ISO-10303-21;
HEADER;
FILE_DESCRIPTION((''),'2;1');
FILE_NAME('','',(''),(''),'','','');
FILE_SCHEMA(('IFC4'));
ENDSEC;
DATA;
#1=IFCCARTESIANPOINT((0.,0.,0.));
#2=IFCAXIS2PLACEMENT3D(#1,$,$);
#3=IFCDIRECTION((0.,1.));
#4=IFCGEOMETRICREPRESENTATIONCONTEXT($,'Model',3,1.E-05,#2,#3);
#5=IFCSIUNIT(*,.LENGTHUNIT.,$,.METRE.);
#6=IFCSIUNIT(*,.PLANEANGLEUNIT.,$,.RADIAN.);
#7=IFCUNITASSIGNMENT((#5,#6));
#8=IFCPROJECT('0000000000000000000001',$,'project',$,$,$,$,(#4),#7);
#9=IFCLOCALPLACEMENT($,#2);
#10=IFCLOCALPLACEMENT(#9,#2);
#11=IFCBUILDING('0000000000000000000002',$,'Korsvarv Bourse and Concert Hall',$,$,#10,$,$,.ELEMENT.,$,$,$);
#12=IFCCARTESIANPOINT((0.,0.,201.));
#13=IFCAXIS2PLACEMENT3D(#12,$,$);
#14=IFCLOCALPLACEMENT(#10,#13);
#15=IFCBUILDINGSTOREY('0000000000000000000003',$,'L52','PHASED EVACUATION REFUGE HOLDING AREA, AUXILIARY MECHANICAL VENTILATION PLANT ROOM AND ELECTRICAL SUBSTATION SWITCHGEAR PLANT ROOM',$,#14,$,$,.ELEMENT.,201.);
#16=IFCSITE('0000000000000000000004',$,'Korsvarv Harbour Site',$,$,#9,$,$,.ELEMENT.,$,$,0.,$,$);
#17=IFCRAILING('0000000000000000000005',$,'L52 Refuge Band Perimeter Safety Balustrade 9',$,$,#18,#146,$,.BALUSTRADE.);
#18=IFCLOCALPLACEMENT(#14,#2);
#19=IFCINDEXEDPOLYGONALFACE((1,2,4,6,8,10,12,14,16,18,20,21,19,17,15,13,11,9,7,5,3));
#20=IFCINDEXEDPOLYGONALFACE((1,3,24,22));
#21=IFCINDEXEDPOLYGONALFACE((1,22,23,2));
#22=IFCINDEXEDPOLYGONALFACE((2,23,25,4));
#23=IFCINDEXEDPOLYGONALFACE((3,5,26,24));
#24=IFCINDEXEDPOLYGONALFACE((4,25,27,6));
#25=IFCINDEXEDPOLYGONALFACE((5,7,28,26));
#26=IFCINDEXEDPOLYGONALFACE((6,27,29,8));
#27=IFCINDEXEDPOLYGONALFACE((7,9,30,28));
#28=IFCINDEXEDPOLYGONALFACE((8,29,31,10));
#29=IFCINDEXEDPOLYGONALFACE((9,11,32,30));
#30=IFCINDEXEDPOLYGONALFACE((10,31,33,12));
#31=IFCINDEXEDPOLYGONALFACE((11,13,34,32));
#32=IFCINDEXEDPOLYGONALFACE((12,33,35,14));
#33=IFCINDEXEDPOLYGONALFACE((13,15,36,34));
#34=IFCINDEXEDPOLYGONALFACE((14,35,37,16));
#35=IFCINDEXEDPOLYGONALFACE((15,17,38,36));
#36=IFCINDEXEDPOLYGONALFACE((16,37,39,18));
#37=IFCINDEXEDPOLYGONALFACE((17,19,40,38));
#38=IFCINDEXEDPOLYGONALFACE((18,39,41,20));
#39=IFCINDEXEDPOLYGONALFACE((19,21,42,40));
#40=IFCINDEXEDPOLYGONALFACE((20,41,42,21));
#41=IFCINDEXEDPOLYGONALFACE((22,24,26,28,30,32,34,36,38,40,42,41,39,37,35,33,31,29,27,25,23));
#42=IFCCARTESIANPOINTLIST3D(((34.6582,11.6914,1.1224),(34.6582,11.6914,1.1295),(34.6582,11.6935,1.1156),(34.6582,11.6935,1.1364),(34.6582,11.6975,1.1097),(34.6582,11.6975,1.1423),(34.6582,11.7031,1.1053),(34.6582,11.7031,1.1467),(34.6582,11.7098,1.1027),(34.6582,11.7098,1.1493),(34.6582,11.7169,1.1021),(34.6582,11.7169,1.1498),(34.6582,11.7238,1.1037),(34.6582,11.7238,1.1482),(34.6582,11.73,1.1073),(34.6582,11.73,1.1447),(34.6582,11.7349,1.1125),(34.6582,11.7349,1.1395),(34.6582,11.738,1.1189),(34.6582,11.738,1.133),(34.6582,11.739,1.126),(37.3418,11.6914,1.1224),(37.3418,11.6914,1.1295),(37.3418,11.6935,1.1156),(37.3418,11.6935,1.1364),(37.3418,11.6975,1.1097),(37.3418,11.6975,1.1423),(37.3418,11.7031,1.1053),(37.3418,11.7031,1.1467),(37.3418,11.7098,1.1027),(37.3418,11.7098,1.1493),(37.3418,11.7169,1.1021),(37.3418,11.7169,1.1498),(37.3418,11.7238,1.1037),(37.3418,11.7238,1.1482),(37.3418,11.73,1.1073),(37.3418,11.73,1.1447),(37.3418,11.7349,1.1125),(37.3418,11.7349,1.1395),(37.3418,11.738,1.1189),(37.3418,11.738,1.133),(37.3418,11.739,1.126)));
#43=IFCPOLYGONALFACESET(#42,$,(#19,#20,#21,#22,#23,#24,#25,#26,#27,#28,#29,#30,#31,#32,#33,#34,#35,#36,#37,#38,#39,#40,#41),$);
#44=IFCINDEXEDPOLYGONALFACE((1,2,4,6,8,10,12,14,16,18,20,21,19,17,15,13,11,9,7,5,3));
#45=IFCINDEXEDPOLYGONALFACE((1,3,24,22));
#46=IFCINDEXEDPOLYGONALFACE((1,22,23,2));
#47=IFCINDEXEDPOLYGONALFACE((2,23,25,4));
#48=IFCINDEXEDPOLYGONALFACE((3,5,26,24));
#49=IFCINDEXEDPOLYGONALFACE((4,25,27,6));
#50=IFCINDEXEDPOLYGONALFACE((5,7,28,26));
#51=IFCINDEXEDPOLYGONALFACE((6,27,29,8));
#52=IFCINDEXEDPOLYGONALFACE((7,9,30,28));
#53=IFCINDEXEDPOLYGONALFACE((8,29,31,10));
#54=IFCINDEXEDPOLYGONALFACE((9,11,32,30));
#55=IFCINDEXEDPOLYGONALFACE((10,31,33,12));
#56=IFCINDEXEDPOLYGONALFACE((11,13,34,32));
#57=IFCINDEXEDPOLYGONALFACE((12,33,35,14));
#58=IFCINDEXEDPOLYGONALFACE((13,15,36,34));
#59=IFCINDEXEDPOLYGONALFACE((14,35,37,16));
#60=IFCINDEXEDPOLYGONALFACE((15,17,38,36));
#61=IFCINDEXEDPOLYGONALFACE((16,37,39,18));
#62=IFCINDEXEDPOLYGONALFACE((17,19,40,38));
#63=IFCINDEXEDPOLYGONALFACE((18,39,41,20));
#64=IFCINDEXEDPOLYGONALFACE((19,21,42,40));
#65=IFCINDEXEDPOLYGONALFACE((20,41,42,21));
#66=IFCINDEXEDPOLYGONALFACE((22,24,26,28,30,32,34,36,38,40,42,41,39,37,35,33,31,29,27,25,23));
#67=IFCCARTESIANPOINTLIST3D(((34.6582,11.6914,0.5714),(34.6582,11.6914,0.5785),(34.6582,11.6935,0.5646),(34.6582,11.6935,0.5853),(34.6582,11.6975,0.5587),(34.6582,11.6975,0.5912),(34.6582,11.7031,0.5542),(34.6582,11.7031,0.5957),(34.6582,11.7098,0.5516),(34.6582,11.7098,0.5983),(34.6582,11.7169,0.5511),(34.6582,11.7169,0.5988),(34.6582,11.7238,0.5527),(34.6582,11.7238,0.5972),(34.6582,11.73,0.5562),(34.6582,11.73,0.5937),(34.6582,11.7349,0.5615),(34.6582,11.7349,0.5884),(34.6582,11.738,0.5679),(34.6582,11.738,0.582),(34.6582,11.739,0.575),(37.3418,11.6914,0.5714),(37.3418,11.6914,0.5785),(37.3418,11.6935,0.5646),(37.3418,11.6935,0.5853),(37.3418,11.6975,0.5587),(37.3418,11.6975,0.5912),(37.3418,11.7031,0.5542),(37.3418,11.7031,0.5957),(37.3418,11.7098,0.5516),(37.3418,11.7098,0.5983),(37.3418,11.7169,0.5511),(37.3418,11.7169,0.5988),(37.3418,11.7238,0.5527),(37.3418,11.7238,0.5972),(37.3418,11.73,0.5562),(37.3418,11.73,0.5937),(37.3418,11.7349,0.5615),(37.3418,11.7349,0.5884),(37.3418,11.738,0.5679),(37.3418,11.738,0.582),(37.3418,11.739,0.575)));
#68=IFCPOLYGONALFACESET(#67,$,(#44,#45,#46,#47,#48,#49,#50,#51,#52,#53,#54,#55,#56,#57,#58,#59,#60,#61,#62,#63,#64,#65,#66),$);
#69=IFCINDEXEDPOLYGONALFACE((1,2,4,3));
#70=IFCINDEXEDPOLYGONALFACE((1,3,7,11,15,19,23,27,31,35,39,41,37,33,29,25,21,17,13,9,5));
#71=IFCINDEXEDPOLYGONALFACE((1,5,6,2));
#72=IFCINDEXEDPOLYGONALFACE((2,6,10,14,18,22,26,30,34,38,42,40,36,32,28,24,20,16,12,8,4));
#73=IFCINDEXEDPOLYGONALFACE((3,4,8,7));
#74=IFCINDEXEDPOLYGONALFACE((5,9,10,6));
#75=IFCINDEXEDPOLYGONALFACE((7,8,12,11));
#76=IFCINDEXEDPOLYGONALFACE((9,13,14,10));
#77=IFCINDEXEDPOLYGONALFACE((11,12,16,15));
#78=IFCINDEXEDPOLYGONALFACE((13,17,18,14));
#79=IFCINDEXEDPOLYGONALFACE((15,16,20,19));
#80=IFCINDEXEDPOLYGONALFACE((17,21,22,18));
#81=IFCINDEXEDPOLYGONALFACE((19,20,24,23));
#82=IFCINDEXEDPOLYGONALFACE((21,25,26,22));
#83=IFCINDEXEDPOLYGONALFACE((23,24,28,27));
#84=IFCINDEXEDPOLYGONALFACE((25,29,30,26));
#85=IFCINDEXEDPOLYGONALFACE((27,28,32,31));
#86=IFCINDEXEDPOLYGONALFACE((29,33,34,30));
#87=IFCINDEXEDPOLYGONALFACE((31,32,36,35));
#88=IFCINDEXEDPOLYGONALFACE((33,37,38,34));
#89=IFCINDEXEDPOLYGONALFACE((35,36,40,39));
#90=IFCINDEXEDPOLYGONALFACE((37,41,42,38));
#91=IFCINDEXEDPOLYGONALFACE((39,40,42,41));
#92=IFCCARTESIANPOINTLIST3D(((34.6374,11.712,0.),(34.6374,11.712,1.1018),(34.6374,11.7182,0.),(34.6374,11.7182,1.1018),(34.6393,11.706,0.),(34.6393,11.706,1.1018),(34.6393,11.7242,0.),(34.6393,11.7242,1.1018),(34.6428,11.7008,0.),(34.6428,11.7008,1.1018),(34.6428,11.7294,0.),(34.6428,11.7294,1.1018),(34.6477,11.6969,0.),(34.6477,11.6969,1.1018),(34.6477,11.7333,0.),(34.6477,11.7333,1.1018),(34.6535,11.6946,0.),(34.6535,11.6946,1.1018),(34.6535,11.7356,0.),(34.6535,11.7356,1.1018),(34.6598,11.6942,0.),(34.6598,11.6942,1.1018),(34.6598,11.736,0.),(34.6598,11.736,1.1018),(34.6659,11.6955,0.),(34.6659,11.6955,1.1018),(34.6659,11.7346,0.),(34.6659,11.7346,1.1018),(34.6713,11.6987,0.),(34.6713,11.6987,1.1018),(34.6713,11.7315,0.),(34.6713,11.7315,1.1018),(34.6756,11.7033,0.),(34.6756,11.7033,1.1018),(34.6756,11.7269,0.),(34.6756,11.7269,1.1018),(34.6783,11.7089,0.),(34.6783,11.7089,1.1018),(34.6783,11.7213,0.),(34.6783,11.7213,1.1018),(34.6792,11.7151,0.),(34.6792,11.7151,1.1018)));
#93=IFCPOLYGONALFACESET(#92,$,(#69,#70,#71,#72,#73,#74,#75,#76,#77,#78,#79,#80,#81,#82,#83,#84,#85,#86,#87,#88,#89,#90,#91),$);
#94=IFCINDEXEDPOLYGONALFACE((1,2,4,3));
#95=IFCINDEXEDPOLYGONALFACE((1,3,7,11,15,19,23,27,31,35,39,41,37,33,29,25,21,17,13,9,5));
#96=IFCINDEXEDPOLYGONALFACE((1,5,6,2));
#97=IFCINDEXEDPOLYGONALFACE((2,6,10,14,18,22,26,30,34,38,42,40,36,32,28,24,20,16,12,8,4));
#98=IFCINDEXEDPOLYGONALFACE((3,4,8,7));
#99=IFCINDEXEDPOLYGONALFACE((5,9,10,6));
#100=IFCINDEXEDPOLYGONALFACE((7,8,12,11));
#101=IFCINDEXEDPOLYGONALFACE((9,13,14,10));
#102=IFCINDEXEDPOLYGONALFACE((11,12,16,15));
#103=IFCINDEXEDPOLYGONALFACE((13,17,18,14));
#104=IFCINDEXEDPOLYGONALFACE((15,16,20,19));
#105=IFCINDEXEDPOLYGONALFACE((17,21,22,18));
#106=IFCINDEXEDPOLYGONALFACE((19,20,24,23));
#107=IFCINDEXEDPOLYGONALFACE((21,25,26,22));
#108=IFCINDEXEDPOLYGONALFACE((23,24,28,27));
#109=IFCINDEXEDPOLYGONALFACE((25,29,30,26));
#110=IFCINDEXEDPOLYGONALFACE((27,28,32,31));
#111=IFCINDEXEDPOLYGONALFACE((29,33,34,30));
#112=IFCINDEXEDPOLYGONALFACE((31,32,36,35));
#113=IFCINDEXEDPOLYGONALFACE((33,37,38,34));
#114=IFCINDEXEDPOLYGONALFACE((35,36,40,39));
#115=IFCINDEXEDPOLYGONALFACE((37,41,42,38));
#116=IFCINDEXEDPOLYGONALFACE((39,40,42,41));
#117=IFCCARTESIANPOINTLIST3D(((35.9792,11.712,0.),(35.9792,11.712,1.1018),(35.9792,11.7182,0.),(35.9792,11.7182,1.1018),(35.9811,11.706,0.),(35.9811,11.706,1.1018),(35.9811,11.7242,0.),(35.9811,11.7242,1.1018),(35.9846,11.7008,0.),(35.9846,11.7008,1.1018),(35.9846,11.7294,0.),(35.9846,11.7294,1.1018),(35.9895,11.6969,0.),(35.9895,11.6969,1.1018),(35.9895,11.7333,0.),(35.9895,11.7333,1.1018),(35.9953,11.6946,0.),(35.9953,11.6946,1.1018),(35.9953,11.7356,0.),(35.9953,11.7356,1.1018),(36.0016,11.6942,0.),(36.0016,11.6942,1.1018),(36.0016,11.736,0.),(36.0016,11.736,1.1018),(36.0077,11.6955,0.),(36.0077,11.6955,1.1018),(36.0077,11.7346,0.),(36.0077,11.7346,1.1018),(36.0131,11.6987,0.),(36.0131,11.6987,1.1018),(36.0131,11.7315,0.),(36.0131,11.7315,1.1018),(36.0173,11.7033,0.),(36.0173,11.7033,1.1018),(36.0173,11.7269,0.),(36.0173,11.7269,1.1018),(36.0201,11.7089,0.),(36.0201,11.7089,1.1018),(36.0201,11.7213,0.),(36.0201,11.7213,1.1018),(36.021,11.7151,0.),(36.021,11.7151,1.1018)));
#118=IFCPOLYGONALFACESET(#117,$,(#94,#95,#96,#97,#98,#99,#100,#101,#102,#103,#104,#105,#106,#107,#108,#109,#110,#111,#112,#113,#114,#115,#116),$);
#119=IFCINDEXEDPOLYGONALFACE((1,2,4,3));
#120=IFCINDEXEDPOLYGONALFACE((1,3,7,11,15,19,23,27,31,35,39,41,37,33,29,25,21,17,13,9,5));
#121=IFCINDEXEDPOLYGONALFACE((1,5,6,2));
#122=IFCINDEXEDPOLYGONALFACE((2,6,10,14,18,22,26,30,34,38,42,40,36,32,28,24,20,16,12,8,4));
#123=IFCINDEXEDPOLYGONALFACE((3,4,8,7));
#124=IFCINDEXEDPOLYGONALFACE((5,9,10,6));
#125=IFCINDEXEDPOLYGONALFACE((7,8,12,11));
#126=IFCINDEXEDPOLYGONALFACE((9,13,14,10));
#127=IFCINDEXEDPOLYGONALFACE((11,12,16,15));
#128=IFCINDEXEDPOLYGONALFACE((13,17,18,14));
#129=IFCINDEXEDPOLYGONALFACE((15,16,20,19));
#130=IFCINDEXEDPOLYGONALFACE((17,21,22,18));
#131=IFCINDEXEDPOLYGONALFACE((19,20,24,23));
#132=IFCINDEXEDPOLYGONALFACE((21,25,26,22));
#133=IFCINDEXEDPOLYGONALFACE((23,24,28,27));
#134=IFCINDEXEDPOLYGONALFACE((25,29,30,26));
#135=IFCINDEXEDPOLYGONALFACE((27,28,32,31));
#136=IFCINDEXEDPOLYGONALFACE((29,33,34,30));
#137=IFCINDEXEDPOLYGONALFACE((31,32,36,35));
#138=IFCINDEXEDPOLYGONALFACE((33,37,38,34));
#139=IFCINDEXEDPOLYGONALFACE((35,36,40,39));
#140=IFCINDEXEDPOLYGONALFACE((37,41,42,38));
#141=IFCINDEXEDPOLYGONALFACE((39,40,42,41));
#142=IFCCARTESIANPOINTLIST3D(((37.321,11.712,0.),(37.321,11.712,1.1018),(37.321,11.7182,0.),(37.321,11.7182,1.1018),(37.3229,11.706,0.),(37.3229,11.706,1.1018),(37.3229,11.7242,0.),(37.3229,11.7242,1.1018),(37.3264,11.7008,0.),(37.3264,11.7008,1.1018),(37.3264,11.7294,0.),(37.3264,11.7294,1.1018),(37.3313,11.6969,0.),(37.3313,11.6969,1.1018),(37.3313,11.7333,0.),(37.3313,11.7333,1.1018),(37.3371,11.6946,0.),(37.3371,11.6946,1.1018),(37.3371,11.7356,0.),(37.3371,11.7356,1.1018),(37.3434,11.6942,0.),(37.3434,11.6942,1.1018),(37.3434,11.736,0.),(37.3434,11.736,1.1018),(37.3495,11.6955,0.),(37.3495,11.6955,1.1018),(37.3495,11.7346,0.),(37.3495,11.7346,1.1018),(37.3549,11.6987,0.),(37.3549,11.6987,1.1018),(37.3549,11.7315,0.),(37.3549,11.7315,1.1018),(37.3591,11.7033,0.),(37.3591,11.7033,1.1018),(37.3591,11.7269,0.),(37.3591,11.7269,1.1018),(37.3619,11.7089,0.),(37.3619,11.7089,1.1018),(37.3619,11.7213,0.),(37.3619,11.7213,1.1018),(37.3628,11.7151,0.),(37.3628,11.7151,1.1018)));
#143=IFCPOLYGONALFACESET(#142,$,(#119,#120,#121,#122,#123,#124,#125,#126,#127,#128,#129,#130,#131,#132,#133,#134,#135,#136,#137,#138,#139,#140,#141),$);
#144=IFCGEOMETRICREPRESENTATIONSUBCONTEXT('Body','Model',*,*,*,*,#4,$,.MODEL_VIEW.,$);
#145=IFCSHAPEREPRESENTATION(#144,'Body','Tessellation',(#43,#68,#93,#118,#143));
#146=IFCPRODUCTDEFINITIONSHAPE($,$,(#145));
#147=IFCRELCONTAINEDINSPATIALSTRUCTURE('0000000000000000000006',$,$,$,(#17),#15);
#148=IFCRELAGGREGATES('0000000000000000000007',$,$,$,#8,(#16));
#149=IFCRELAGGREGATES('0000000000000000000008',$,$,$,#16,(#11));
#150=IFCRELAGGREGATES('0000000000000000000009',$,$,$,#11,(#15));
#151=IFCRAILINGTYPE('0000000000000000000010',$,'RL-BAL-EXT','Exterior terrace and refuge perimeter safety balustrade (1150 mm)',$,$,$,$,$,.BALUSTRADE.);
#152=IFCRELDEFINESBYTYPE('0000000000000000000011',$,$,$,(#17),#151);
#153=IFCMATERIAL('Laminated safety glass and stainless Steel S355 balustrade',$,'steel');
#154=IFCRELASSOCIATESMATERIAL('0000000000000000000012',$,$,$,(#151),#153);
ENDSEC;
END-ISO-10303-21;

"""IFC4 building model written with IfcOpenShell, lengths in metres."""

from ifc_helpers import new_model, si_unit, direction, frame, origin, origin_2d, place, context, subcontext, project, spatial, circle, extrude, material, type_object, element, save


model = new_model("IFC4")

# Units and contexts
model_context = context("Model", 3, precision=1e-05, world=origin(), true_north=direction((0.0, 1.0)))
body_context = subcontext(model_context, "Body", "Model", "MODEL_VIEW")
ifc_project = project(units=[si_unit("LENGTHUNIT", "METRE"), si_unit("PLANEANGLEUNIT", "RADIAN")], contexts=[model_context])

# Site, building, storey
site_placement = place(None, origin())
site = spatial("IfcSite", under=ifc_project, at=site_placement, Name="Korsvarv Harbour Site", CompositionType="ELEMENT", RefElevation=0.0)
building_placement = place(site_placement, origin())
building = spatial("IfcBuilding", under=site, at=building_placement, Name="Korsvarv Bourse and Concert Hall", CompositionType="ELEMENT")
storey_placement = place(building_placement, frame((0.0, 0.0, 201.0)))
storey = spatial("IfcBuildingStorey", under=building, at=storey_placement, Name="L52", Description="PHASED EVACUATION REFUGE HOLDING AREA, AUXILIARY MECHANICAL VENTILATION PLANT ROOM AND ELECTRICAL SUBSTATION SWITCHGEAR PLANT ROOM", CompositionType="ELEMENT", Elevation=201.0)

# Railing
ifc_material_1 = material(Name="Laminated safety glass and stainless Steel S355 balustrade", Category="steel")
railing_type = type_object("IfcRailingType", Name="RL-BAL-EXT", Description="Exterior terrace and refuge perimeter safety balustrade (1150 mm)", PredefinedType="BALUSTRADE", material=ifc_material_1)
railing_1_placement = place(storey_placement, frame((34.6582, 11.7151, 0.0)))
element("IfcRailing", 1, at=railing_1_placement, inside=storey, type_object=railing_type, Name="L52 Refuge Band Perimeter Safety Balustrade 9", PredefinedType="BALUSTRADE", context=body_context, shape_type="SweptSolid", body=[
    extrude(circle(Radius=0.0239, at=origin_2d()), frame((0.0, 0.0, 1.126), z_axis=(1.0, 0.0, 0.0), x_axis=(0.0, 1.0, 0.0)), (0.0, 0.0, 1.0), 2.6836),
    extrude(circle(Radius=0.0239, at=origin_2d()), frame((0.0, 0.0, 0.575), z_axis=(1.0, 0.0, 0.0), x_axis=(0.0, 1.0, 0.0)), (0.0, 0.0, 1.0), 2.6836),
    extrude(circle(Radius=0.021, at=origin_2d()), origin(), (0.0, 0.0, 1.0), 1.1018),
    extrude(circle(Radius=0.021, at=origin_2d()), frame((1.3418, 0.0, 0.0)), (0.0, 0.0, 1.0), 1.1018),
    extrude(circle(Radius=0.021, at=origin_2d()), frame((2.6836, 0.0, 0.0)), (0.0, 0.0, 1.0), 1.1018),
])

save(model, "model.ifc")
